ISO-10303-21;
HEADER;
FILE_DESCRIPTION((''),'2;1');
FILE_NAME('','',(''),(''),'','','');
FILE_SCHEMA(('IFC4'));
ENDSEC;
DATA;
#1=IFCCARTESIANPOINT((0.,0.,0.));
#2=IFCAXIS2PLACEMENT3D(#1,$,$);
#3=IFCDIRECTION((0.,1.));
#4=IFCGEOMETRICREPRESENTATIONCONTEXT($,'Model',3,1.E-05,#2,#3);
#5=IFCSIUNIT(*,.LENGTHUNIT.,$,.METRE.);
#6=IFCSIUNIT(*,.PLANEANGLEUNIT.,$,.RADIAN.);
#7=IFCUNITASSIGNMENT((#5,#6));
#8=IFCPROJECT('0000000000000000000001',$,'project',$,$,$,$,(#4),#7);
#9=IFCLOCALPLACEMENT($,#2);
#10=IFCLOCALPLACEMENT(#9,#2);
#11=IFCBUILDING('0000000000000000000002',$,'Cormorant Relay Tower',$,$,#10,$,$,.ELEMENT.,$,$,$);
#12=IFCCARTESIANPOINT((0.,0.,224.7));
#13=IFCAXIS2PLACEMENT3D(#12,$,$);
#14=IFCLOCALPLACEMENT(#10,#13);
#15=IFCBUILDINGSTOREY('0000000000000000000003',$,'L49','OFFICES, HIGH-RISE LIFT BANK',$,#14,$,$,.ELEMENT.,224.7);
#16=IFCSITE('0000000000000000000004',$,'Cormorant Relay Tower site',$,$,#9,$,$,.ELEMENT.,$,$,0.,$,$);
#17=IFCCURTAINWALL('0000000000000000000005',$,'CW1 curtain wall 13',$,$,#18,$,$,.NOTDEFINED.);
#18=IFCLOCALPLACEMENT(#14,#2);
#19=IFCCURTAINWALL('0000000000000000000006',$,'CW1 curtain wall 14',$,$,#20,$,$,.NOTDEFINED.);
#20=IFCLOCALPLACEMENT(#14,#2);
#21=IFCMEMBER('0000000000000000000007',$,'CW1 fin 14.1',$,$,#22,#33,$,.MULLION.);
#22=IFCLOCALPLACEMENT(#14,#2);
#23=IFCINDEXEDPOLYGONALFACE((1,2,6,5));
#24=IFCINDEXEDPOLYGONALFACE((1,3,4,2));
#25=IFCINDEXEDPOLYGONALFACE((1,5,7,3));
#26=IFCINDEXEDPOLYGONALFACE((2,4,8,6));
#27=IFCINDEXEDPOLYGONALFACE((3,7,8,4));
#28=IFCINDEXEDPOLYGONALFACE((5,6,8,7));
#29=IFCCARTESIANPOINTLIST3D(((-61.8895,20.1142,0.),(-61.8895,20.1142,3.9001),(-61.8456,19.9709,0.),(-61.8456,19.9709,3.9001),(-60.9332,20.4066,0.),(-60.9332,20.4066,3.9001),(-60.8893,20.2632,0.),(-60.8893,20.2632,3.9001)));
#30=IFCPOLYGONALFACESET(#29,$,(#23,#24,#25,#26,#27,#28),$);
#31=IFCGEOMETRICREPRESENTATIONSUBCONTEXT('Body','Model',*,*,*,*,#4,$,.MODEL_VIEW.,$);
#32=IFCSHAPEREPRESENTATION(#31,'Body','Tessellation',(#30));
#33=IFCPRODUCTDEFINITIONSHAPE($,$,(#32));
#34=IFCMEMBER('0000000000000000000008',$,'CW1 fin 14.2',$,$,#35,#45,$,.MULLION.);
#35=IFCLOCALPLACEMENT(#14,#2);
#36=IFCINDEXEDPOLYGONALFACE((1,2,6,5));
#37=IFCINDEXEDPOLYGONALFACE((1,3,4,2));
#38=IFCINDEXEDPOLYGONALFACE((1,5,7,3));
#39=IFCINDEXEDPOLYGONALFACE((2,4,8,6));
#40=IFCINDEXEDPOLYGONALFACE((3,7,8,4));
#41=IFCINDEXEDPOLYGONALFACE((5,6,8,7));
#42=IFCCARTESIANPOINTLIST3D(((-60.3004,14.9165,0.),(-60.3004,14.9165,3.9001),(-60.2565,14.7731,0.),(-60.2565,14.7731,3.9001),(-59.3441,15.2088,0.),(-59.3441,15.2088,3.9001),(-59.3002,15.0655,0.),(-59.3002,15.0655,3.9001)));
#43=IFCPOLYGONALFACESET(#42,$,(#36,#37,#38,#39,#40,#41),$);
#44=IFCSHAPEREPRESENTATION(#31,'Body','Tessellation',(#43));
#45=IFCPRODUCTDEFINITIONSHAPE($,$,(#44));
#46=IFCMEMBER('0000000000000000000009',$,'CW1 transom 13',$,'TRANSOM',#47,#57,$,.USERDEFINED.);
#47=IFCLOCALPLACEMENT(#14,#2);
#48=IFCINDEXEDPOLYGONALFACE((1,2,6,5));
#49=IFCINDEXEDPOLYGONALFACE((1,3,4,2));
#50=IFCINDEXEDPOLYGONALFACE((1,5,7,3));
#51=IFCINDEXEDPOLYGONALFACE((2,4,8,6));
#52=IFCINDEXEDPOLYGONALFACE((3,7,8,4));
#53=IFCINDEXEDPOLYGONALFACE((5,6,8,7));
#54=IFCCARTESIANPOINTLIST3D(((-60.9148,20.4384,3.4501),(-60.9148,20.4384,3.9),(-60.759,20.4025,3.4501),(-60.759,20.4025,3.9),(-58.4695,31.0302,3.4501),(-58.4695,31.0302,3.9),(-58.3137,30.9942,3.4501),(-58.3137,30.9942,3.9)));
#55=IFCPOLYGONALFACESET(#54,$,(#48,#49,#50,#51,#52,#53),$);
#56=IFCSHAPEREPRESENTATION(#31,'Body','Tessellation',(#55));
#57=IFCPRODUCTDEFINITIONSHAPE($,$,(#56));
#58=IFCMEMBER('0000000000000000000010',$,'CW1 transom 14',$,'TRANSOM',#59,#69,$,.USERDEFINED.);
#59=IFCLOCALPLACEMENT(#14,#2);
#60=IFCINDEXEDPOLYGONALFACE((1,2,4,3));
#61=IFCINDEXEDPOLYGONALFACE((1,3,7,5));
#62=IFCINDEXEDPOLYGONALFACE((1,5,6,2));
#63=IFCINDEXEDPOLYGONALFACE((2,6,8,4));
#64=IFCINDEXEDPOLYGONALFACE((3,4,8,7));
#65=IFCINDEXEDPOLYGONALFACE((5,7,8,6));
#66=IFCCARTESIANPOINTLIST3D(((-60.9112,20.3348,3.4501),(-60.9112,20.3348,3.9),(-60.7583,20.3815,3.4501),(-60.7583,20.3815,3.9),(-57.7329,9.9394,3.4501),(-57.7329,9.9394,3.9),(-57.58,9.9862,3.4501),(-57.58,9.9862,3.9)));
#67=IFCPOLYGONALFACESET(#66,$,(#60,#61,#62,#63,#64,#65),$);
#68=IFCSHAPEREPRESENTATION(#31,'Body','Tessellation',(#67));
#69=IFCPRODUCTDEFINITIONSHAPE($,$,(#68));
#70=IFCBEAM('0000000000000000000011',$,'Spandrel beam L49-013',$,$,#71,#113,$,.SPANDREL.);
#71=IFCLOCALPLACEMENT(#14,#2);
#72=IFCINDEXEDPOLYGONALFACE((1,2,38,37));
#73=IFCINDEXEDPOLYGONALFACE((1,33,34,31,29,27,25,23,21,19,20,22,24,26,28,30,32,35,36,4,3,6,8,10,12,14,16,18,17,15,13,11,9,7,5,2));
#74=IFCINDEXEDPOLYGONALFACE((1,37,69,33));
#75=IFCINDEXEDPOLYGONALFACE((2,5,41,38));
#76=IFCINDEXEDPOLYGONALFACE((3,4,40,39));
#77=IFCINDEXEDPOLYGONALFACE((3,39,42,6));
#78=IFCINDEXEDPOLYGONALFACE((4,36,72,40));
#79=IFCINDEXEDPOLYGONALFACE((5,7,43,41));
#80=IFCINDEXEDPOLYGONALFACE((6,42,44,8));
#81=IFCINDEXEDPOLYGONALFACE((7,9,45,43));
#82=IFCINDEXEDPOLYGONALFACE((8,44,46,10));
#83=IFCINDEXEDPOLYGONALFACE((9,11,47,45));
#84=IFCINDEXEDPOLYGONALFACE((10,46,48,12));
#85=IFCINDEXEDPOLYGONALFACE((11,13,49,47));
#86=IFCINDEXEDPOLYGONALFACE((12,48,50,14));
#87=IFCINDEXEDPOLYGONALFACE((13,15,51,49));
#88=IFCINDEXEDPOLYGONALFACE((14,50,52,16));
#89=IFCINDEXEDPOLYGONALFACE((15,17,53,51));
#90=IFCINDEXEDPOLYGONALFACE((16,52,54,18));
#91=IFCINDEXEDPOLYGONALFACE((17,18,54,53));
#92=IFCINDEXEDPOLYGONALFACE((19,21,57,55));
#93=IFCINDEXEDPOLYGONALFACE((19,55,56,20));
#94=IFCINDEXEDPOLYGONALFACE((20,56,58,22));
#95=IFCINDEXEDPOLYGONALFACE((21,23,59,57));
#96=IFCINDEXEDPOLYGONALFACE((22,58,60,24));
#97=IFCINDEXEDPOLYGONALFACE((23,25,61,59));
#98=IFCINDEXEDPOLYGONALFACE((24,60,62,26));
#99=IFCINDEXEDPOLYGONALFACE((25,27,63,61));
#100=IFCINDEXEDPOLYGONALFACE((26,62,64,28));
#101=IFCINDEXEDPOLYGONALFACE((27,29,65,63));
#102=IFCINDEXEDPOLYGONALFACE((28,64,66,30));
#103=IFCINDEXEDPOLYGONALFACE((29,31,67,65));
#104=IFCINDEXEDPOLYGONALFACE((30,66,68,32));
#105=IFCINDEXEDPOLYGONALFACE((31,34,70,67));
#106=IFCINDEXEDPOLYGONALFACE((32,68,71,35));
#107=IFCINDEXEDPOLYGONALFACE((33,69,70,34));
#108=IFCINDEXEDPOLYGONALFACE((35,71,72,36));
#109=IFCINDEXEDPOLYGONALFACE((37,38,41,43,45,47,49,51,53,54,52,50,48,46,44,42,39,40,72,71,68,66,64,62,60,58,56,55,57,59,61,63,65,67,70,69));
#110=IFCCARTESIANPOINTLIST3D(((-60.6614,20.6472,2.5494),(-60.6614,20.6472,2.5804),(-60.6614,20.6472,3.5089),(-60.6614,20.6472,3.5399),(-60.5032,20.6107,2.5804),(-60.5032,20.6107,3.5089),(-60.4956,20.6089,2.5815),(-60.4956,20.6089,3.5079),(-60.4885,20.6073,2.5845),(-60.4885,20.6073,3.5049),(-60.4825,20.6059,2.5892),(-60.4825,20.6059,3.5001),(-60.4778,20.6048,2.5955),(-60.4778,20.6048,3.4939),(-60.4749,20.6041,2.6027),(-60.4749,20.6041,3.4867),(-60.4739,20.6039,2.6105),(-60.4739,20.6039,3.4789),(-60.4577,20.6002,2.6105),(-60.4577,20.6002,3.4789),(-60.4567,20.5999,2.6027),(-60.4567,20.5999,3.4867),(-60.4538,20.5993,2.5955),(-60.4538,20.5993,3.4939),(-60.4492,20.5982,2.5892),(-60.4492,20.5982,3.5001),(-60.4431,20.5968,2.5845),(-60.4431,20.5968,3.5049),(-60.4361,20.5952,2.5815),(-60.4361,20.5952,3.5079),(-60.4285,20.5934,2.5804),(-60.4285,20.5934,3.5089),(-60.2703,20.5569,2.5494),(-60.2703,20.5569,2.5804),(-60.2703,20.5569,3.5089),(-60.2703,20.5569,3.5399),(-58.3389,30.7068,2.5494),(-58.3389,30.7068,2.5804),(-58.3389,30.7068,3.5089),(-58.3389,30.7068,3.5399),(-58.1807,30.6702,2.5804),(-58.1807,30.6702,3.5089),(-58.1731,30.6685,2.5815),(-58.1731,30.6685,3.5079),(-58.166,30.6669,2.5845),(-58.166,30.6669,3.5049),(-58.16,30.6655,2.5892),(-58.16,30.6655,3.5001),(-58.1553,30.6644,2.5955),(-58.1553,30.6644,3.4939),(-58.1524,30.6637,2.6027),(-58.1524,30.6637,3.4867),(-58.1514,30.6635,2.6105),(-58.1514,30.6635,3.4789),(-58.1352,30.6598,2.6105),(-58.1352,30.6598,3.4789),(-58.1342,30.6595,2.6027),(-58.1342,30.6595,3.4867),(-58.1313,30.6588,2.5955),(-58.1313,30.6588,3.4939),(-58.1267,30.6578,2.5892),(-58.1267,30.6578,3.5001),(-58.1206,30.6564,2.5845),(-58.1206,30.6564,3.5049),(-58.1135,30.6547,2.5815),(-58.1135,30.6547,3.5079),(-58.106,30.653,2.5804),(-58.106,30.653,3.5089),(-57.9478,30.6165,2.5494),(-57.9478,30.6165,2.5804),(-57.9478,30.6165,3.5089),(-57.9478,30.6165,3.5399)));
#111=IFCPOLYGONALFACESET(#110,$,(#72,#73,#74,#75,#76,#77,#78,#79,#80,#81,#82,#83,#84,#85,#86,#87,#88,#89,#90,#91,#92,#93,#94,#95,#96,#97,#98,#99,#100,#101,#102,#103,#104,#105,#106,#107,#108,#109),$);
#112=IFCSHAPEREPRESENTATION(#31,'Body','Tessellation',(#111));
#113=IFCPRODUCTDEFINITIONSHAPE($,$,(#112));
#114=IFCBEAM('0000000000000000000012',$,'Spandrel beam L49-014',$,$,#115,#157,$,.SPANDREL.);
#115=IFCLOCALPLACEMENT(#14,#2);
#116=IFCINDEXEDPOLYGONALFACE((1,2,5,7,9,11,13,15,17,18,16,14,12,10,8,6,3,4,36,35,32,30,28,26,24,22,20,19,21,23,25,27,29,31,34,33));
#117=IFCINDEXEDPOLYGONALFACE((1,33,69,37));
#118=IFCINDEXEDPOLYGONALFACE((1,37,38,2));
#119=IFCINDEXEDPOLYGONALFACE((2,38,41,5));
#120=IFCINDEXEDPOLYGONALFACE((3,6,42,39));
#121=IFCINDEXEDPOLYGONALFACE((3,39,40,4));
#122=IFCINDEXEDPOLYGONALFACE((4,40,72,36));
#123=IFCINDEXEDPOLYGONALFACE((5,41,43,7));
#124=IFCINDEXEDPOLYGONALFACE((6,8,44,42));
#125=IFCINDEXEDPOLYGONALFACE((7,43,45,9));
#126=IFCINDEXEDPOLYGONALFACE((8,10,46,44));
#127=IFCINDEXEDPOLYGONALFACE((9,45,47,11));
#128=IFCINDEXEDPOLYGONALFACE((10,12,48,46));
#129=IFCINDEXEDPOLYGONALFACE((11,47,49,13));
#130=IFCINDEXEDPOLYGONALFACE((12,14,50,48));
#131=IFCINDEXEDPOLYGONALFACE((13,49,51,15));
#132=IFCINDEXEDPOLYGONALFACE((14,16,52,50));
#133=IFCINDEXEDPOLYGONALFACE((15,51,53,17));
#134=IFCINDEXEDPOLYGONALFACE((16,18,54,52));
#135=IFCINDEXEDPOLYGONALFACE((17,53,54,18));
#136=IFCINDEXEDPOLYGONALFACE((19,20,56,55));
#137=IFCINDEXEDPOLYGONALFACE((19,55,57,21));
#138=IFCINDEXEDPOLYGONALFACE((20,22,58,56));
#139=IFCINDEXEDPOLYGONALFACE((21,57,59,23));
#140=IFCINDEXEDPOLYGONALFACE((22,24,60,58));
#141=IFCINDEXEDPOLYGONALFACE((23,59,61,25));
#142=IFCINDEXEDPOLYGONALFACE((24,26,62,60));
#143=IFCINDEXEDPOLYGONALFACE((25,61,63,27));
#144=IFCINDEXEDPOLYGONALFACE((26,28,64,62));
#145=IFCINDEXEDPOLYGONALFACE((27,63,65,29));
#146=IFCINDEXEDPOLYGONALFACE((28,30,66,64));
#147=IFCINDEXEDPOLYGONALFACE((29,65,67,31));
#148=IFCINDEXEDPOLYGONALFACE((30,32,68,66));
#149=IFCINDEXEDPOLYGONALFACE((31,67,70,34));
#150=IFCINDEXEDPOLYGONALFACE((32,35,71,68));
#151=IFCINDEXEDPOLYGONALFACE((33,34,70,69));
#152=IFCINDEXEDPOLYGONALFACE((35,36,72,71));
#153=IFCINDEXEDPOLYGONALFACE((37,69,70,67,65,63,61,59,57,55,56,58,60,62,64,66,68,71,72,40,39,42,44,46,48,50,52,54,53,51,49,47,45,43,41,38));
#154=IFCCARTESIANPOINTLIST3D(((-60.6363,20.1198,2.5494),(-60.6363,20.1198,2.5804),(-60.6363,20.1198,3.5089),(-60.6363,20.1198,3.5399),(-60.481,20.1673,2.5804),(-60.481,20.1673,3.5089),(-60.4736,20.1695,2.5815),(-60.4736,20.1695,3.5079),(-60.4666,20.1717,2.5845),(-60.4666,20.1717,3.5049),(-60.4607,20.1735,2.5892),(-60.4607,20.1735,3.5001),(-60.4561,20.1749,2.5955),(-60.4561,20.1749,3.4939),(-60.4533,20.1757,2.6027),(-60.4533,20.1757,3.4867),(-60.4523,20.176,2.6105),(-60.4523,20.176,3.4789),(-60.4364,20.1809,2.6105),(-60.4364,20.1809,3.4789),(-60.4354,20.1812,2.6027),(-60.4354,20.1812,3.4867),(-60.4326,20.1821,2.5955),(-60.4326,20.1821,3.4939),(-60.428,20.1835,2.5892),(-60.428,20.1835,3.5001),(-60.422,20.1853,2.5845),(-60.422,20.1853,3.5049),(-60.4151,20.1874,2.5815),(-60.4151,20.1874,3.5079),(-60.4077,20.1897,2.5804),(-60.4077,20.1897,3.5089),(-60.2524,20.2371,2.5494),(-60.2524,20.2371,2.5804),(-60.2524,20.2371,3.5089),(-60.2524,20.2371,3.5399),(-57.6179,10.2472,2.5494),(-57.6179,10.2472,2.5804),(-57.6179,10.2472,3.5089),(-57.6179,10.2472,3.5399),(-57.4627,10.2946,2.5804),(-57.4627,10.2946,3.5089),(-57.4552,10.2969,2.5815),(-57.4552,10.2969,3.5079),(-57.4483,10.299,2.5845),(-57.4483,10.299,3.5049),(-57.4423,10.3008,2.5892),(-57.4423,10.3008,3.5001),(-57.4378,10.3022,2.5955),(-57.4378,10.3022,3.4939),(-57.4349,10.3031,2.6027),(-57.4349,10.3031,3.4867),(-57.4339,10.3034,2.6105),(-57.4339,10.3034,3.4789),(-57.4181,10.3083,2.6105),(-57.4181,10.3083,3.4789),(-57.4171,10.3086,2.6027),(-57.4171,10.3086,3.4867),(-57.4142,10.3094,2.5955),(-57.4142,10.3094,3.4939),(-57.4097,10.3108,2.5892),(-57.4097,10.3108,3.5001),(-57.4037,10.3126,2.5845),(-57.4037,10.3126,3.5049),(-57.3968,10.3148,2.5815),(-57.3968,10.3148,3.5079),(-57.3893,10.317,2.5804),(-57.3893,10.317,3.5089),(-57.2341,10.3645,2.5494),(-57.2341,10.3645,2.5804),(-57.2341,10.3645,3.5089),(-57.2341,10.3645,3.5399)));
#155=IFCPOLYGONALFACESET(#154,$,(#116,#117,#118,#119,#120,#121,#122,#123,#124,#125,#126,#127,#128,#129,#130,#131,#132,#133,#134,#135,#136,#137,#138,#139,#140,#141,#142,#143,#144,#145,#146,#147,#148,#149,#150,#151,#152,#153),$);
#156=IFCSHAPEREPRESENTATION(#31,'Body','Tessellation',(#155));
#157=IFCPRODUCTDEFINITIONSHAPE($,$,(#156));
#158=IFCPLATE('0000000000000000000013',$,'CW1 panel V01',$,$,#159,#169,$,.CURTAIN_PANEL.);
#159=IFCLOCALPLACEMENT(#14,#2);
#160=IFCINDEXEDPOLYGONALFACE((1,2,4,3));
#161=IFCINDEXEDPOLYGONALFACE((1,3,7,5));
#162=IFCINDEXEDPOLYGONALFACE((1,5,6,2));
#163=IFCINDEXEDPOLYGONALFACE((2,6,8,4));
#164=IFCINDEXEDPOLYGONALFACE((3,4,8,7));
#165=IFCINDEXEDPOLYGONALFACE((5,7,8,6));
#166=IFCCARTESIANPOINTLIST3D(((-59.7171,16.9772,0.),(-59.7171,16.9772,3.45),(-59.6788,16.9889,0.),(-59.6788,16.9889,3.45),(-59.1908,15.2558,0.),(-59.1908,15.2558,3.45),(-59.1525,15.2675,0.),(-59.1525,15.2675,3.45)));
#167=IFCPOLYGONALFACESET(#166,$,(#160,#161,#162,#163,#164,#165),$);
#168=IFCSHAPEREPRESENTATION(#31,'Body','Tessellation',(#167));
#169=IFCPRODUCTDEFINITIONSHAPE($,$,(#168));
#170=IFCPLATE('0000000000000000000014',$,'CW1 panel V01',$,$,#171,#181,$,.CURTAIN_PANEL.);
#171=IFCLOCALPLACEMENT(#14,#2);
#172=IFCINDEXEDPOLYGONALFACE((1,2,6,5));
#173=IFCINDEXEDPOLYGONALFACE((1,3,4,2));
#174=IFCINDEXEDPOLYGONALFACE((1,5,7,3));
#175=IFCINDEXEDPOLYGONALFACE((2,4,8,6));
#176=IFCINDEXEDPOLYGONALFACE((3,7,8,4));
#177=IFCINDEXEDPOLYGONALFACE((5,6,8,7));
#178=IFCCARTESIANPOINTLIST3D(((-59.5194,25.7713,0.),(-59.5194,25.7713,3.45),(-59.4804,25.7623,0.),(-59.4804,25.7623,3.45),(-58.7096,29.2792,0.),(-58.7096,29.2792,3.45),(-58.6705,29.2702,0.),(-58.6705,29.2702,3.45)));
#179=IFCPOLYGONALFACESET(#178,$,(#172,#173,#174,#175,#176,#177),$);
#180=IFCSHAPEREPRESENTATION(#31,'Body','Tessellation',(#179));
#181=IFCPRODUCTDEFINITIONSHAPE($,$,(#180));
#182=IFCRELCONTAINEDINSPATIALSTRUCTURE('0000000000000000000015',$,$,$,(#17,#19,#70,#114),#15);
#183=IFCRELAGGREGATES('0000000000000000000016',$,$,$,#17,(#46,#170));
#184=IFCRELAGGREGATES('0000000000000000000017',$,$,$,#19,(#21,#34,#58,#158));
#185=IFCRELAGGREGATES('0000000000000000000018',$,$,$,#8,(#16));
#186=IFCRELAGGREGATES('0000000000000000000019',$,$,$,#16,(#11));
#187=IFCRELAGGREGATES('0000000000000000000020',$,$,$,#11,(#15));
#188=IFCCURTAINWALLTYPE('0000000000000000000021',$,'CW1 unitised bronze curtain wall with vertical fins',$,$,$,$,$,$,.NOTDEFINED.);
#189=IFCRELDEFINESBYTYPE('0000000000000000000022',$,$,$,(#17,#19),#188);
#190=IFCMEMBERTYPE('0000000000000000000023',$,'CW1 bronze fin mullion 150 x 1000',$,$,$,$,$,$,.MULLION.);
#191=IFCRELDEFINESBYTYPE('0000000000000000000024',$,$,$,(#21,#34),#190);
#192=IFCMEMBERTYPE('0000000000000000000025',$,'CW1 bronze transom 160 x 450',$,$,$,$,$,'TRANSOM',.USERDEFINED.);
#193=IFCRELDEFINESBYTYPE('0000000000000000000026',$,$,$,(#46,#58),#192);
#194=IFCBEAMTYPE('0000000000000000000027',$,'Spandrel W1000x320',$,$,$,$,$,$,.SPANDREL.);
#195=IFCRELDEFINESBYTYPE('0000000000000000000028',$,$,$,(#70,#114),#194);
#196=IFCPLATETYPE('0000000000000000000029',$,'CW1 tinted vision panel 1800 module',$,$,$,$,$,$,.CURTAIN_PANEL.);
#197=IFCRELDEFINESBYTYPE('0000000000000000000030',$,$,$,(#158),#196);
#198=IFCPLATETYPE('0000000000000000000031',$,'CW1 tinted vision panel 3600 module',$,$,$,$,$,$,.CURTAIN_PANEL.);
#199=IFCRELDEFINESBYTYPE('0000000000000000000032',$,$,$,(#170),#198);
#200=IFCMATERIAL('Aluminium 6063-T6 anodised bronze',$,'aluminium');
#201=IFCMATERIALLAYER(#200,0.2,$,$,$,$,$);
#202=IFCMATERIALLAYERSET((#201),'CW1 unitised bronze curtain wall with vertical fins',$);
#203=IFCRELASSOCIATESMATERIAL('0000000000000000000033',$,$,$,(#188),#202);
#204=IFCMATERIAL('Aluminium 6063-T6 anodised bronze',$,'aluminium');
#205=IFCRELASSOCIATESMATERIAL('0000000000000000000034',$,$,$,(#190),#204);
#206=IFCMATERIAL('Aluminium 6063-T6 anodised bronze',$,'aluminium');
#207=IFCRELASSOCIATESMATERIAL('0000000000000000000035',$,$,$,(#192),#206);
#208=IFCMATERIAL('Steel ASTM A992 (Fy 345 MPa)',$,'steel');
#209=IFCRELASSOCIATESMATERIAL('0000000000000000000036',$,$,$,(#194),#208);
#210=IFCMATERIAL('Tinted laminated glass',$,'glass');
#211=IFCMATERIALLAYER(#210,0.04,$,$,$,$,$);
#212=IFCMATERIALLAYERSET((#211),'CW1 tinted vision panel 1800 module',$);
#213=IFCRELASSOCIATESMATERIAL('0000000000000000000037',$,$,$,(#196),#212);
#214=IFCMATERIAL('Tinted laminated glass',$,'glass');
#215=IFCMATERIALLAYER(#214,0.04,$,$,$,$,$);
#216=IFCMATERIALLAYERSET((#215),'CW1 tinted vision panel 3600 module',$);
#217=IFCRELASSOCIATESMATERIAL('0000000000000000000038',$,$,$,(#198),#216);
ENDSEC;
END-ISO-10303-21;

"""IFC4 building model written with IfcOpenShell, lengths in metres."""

from ifc_helpers import new_model, si_unit, direction, frame, origin, origin_2d, place, context, subcontext, project, spatial, rectangle, i_section, extrude, material, layer, layer_set, material_profile, profile_set, type_object, element, aggregate, save


model = new_model("IFC4")

# Units and contexts
model_context = context("Model", 3, precision=1e-05, world=origin(), true_north=direction((0.0, 1.0)))
body_context = subcontext(model_context, "Body", "Model", "MODEL_VIEW")
ifc_project = project(units=[si_unit("LENGTHUNIT", "METRE"), si_unit("PLANEANGLEUNIT", "RADIAN")], contexts=[model_context])

# Site, building, storey
site_placement = place(None, origin())
site = spatial("IfcSite", under=ifc_project, at=site_placement, Name="Cormorant Relay Tower site", CompositionType="ELEMENT", RefElevation=0.0)
building_placement = place(site_placement, origin())
building = spatial("IfcBuilding", under=site, at=building_placement, Name="Cormorant Relay Tower", CompositionType="ELEMENT")
storey_placement = place(building_placement, frame((0.0, 0.0, 224.7)))
storey = spatial("IfcBuildingStorey", under=building, at=storey_placement, Name="L49", Description="OFFICES, HIGH-RISE LIFT BANK", CompositionType="ELEMENT", Elevation=224.7)

# Curtain wall
ifc_material_1 = material(Name="Aluminium 6063-T6 anodised bronze", Category="aluminium")
ifc_layer_1 = layer(ifc_material_1, 0.2)
ifc_layer_set_1 = layer_set([ifc_layer_1], Name="CW1 unitised bronze curtain wall with vertical fins")
curtain_wall_type = type_object("IfcCurtainWallType", Name="CW1 unitised bronze curtain wall with vertical fins", PredefinedType="NOTDEFINED", material=ifc_layer_set_1)
curtain_wall_1_placement = place(storey_placement, origin())
curtain_wall_1 = element("IfcCurtainWall", 1, at=curtain_wall_1_placement, inside=storey, type_object=curtain_wall_type, Name="CW1 curtain wall 13", PredefinedType="NOTDEFINED")
ifc_material_2 = material(Name="Aluminium 6063-T6 anodised bronze", Category="aluminium")
ifc_material_profile_1 = material_profile(ifc_material_2, rectangle(XDim=0.1499, YDim=1.0, at=origin_2d()), Name="AL 150x1000")
ifc_profile_set_1 = profile_set([ifc_material_profile_1], Name="Aluminium 6063-T6 anodised bronze")
member_type_1 = type_object("IfcMemberType", Name="CW1 bronze fin mullion 150 x 1000", PredefinedType="MULLION", material=ifc_profile_set_1)

# Curtain wall, members
curtain_wall_2_placement = place(storey_placement, origin())
curtain_wall_2 = element("IfcCurtainWall", 2, at=curtain_wall_2_placement, inside=storey, type_object=curtain_wall_type, Name="CW1 curtain wall 14", PredefinedType="NOTDEFINED")
member_1_placement = place(storey_placement, frame((-61.3894, 20.1887, 0.0), z_axis=(0.0, 0.0, 1.0), x_axis=(0.292372, -0.956305, 0.0)))
member_1 = element("IfcMember", 3, at=member_1_placement, type_object=member_type_1, Name="CW1 fin 14.1", PredefinedType="MULLION", context=body_context, shape_type="SweptSolid", body=[
    extrude(rectangle(XDim=0.1499, YDim=1.0, at=origin_2d()), origin(), (0.0, 0.0, 1.0), 3.9001),
])
member_2_placement = place(storey_placement, frame((-59.8003, 14.991, 0.0), z_axis=(0.0, 0.0, 1.0), x_axis=(0.292372, -0.956305, 0.0)))
member_2 = element("IfcMember", 4, at=member_2_placement, type_object=member_type_1, Name="CW1 fin 14.2", PredefinedType="MULLION", context=body_context, shape_type="SweptSolid", body=[
    extrude(rectangle(XDim=0.1499, YDim=1.0, at=origin_2d()), origin(), (0.0, 0.0, 1.0), 3.9001),
])

# Members
ifc_material_3 = material(Name="Aluminium 6063-T6 anodised bronze", Category="aluminium")
ifc_material_profile_2 = material_profile(ifc_material_3, rectangle(XDim=0.1599, YDim=0.45, at=origin_2d()), Name="AL 160x450")
ifc_profile_set_2 = profile_set([ifc_material_profile_2], Name="Aluminium 6063-T6 anodised bronze")
member_type_2 = type_object("IfcMemberType", Name="CW1 bronze transom 160 x 450", ElementType="TRANSOM", PredefinedType="USERDEFINED", material=ifc_profile_set_2)
member_3_placement = place(storey_placement, frame((-58.3916, 31.0122, 3.675), z_axis=(-0.224951, -0.97437, 0.0), x_axis=(0.97437, -0.224951, 0.0)))
member_3 = element("IfcMember", 5, at=member_3_placement, type_object=member_type_2, Name="CW1 transom 13", ObjectType="TRANSOM", PredefinedType="USERDEFINED", context=body_context, shape_type="SweptSolid", body=[
    extrude(rectangle(XDim=0.1599, YDim=0.45, at=origin_2d()), origin(), (0.0, 0.0, 1.0), 10.8704),
])
member_4_placement = place(storey_placement, frame((-60.8347, 20.3582, 3.675), z_axis=(0.292378, -0.956303, 0.0), x_axis=(0.956303, 0.292378, 0.0)))
member_4 = element("IfcMember", 6, at=member_4_placement, type_object=member_type_2, Name="CW1 transom 14", ObjectType="TRANSOM", PredefinedType="USERDEFINED", context=body_context, shape_type="SweptSolid", body=[
    extrude(rectangle(XDim=0.1599, YDim=0.45, at=origin_2d()), origin(), (0.0, 0.0, 1.0), 10.8704),
])

# Beams
ifc_material_4 = material(Name="Steel ASTM A992 (Fy 345 MPa)", Category="steel")
ifc_material_profile_3 = material_profile(ifc_material_4, i_section(OverallWidth=0.4014, OverallDepth=0.9905, WebThickness=0.0166, FlangeThickness=0.031, FilletRadius=0.03, at=origin_2d()), Name="W1000x320")
ifc_profile_set_3 = profile_set([ifc_material_profile_3], Name="Steel ASTM A992 (Fy 345 MPa)")
beam_type = type_object("IfcBeamType", Name="Spandrel W1000x320", PredefinedType="SPANDREL", material=ifc_profile_set_3)
beam_1_placement = place(storey_placement, frame((-58.1433, 30.6616, 3.0447), z_axis=(-0.224958, -0.974368, 0.0), x_axis=(0.974368, -0.224958, 0.0)))
element("IfcBeam", 7, at=beam_1_placement, inside=storey, type_object=beam_type, Name="Spandrel beam L49-013", PredefinedType="SPANDREL", context=body_context, shape_type="SweptSolid", body=[
    extrude(i_section(OverallWidth=0.4014, OverallDepth=0.9905, WebThickness=0.0166, FlangeThickness=0.031, FilletRadius=0.03, at=origin_2d()), origin(), (0.0, 0.0, 1.0), 10.3242),
])
beam_2_placement = place(storey_placement, frame((-60.4443, 20.1785, 3.0447), z_axis=(0.292369, -0.956306, 0.0), x_axis=(0.956306, 0.292369, 0.0)))
element("IfcBeam", 8, at=beam_2_placement, inside=storey, type_object=beam_type, Name="Spandrel beam L49-014", PredefinedType="SPANDREL", context=body_context, shape_type="SweptSolid", body=[
    extrude(i_section(OverallWidth=0.4014, OverallDepth=0.9905, WebThickness=0.0166, FlangeThickness=0.031, FilletRadius=0.03, at=origin_2d()), origin(), (0.0, 0.0, 1.0), 10.3237),
])

# Plates
ifc_material_5 = material(Name="Tinted laminated glass", Category="glass")
ifc_layer_2 = layer(ifc_material_5, 0.04)
ifc_layer_set_2 = layer_set([ifc_layer_2], Name="CW1 tinted vision panel 1800 module")
plate_type_1 = type_object("IfcPlateType", Name="CW1 tinted vision panel 1800 module", PredefinedType="CURTAIN_PANEL", material=ifc_layer_set_2)
plate_1_placement = place(storey_placement, frame((-59.4348, 16.1223, 0.0), z_axis=(0.0, 0.0, 1.0), x_axis=(0.292372, -0.956305, 0.0)))
plate_1 = element("IfcPlate", 9, at=plate_1_placement, type_object=plate_type_1, Name="CW1 panel V01", PredefinedType="CURTAIN_PANEL", context=body_context, shape_type="SweptSolid", body=[
    extrude(rectangle(XDim=1.8, YDim=0.04, at=origin_2d()), origin(), (0.0, 0.0, 1.0), 3.45),
])
ifc_material_6 = material(Name="Tinted laminated glass", Category="glass")
ifc_layer_3 = layer(ifc_material_6, 0.04)
ifc_layer_set_3 = layer_set([ifc_layer_3], Name="CW1 tinted vision panel 3600 module")
plate_type_2 = type_object("IfcPlateType", Name="CW1 tinted vision panel 3600 module", PredefinedType="CURTAIN_PANEL", material=ifc_layer_set_3)
plate_2_placement = place(storey_placement, frame((-59.095, 27.5208, 0.0), z_axis=(0.0, 0.0, 1.0), x_axis=(-0.224951, -0.97437, 0.0)))
plate_2 = element("IfcPlate", 10, at=plate_2_placement, type_object=plate_type_2, Name="CW1 panel V01", PredefinedType="CURTAIN_PANEL", context=body_context, shape_type="SweptSolid", body=[
    extrude(rectangle(XDim=3.6001, YDim=0.04, at=origin_2d()), origin(), (0.0, 0.0, 1.0), 3.45),
])

aggregate(curtain_wall_1, [member_3, plate_2])
aggregate(curtain_wall_2, [member_1, member_2, member_4, plate_1])

save(model, "model.ifc")
